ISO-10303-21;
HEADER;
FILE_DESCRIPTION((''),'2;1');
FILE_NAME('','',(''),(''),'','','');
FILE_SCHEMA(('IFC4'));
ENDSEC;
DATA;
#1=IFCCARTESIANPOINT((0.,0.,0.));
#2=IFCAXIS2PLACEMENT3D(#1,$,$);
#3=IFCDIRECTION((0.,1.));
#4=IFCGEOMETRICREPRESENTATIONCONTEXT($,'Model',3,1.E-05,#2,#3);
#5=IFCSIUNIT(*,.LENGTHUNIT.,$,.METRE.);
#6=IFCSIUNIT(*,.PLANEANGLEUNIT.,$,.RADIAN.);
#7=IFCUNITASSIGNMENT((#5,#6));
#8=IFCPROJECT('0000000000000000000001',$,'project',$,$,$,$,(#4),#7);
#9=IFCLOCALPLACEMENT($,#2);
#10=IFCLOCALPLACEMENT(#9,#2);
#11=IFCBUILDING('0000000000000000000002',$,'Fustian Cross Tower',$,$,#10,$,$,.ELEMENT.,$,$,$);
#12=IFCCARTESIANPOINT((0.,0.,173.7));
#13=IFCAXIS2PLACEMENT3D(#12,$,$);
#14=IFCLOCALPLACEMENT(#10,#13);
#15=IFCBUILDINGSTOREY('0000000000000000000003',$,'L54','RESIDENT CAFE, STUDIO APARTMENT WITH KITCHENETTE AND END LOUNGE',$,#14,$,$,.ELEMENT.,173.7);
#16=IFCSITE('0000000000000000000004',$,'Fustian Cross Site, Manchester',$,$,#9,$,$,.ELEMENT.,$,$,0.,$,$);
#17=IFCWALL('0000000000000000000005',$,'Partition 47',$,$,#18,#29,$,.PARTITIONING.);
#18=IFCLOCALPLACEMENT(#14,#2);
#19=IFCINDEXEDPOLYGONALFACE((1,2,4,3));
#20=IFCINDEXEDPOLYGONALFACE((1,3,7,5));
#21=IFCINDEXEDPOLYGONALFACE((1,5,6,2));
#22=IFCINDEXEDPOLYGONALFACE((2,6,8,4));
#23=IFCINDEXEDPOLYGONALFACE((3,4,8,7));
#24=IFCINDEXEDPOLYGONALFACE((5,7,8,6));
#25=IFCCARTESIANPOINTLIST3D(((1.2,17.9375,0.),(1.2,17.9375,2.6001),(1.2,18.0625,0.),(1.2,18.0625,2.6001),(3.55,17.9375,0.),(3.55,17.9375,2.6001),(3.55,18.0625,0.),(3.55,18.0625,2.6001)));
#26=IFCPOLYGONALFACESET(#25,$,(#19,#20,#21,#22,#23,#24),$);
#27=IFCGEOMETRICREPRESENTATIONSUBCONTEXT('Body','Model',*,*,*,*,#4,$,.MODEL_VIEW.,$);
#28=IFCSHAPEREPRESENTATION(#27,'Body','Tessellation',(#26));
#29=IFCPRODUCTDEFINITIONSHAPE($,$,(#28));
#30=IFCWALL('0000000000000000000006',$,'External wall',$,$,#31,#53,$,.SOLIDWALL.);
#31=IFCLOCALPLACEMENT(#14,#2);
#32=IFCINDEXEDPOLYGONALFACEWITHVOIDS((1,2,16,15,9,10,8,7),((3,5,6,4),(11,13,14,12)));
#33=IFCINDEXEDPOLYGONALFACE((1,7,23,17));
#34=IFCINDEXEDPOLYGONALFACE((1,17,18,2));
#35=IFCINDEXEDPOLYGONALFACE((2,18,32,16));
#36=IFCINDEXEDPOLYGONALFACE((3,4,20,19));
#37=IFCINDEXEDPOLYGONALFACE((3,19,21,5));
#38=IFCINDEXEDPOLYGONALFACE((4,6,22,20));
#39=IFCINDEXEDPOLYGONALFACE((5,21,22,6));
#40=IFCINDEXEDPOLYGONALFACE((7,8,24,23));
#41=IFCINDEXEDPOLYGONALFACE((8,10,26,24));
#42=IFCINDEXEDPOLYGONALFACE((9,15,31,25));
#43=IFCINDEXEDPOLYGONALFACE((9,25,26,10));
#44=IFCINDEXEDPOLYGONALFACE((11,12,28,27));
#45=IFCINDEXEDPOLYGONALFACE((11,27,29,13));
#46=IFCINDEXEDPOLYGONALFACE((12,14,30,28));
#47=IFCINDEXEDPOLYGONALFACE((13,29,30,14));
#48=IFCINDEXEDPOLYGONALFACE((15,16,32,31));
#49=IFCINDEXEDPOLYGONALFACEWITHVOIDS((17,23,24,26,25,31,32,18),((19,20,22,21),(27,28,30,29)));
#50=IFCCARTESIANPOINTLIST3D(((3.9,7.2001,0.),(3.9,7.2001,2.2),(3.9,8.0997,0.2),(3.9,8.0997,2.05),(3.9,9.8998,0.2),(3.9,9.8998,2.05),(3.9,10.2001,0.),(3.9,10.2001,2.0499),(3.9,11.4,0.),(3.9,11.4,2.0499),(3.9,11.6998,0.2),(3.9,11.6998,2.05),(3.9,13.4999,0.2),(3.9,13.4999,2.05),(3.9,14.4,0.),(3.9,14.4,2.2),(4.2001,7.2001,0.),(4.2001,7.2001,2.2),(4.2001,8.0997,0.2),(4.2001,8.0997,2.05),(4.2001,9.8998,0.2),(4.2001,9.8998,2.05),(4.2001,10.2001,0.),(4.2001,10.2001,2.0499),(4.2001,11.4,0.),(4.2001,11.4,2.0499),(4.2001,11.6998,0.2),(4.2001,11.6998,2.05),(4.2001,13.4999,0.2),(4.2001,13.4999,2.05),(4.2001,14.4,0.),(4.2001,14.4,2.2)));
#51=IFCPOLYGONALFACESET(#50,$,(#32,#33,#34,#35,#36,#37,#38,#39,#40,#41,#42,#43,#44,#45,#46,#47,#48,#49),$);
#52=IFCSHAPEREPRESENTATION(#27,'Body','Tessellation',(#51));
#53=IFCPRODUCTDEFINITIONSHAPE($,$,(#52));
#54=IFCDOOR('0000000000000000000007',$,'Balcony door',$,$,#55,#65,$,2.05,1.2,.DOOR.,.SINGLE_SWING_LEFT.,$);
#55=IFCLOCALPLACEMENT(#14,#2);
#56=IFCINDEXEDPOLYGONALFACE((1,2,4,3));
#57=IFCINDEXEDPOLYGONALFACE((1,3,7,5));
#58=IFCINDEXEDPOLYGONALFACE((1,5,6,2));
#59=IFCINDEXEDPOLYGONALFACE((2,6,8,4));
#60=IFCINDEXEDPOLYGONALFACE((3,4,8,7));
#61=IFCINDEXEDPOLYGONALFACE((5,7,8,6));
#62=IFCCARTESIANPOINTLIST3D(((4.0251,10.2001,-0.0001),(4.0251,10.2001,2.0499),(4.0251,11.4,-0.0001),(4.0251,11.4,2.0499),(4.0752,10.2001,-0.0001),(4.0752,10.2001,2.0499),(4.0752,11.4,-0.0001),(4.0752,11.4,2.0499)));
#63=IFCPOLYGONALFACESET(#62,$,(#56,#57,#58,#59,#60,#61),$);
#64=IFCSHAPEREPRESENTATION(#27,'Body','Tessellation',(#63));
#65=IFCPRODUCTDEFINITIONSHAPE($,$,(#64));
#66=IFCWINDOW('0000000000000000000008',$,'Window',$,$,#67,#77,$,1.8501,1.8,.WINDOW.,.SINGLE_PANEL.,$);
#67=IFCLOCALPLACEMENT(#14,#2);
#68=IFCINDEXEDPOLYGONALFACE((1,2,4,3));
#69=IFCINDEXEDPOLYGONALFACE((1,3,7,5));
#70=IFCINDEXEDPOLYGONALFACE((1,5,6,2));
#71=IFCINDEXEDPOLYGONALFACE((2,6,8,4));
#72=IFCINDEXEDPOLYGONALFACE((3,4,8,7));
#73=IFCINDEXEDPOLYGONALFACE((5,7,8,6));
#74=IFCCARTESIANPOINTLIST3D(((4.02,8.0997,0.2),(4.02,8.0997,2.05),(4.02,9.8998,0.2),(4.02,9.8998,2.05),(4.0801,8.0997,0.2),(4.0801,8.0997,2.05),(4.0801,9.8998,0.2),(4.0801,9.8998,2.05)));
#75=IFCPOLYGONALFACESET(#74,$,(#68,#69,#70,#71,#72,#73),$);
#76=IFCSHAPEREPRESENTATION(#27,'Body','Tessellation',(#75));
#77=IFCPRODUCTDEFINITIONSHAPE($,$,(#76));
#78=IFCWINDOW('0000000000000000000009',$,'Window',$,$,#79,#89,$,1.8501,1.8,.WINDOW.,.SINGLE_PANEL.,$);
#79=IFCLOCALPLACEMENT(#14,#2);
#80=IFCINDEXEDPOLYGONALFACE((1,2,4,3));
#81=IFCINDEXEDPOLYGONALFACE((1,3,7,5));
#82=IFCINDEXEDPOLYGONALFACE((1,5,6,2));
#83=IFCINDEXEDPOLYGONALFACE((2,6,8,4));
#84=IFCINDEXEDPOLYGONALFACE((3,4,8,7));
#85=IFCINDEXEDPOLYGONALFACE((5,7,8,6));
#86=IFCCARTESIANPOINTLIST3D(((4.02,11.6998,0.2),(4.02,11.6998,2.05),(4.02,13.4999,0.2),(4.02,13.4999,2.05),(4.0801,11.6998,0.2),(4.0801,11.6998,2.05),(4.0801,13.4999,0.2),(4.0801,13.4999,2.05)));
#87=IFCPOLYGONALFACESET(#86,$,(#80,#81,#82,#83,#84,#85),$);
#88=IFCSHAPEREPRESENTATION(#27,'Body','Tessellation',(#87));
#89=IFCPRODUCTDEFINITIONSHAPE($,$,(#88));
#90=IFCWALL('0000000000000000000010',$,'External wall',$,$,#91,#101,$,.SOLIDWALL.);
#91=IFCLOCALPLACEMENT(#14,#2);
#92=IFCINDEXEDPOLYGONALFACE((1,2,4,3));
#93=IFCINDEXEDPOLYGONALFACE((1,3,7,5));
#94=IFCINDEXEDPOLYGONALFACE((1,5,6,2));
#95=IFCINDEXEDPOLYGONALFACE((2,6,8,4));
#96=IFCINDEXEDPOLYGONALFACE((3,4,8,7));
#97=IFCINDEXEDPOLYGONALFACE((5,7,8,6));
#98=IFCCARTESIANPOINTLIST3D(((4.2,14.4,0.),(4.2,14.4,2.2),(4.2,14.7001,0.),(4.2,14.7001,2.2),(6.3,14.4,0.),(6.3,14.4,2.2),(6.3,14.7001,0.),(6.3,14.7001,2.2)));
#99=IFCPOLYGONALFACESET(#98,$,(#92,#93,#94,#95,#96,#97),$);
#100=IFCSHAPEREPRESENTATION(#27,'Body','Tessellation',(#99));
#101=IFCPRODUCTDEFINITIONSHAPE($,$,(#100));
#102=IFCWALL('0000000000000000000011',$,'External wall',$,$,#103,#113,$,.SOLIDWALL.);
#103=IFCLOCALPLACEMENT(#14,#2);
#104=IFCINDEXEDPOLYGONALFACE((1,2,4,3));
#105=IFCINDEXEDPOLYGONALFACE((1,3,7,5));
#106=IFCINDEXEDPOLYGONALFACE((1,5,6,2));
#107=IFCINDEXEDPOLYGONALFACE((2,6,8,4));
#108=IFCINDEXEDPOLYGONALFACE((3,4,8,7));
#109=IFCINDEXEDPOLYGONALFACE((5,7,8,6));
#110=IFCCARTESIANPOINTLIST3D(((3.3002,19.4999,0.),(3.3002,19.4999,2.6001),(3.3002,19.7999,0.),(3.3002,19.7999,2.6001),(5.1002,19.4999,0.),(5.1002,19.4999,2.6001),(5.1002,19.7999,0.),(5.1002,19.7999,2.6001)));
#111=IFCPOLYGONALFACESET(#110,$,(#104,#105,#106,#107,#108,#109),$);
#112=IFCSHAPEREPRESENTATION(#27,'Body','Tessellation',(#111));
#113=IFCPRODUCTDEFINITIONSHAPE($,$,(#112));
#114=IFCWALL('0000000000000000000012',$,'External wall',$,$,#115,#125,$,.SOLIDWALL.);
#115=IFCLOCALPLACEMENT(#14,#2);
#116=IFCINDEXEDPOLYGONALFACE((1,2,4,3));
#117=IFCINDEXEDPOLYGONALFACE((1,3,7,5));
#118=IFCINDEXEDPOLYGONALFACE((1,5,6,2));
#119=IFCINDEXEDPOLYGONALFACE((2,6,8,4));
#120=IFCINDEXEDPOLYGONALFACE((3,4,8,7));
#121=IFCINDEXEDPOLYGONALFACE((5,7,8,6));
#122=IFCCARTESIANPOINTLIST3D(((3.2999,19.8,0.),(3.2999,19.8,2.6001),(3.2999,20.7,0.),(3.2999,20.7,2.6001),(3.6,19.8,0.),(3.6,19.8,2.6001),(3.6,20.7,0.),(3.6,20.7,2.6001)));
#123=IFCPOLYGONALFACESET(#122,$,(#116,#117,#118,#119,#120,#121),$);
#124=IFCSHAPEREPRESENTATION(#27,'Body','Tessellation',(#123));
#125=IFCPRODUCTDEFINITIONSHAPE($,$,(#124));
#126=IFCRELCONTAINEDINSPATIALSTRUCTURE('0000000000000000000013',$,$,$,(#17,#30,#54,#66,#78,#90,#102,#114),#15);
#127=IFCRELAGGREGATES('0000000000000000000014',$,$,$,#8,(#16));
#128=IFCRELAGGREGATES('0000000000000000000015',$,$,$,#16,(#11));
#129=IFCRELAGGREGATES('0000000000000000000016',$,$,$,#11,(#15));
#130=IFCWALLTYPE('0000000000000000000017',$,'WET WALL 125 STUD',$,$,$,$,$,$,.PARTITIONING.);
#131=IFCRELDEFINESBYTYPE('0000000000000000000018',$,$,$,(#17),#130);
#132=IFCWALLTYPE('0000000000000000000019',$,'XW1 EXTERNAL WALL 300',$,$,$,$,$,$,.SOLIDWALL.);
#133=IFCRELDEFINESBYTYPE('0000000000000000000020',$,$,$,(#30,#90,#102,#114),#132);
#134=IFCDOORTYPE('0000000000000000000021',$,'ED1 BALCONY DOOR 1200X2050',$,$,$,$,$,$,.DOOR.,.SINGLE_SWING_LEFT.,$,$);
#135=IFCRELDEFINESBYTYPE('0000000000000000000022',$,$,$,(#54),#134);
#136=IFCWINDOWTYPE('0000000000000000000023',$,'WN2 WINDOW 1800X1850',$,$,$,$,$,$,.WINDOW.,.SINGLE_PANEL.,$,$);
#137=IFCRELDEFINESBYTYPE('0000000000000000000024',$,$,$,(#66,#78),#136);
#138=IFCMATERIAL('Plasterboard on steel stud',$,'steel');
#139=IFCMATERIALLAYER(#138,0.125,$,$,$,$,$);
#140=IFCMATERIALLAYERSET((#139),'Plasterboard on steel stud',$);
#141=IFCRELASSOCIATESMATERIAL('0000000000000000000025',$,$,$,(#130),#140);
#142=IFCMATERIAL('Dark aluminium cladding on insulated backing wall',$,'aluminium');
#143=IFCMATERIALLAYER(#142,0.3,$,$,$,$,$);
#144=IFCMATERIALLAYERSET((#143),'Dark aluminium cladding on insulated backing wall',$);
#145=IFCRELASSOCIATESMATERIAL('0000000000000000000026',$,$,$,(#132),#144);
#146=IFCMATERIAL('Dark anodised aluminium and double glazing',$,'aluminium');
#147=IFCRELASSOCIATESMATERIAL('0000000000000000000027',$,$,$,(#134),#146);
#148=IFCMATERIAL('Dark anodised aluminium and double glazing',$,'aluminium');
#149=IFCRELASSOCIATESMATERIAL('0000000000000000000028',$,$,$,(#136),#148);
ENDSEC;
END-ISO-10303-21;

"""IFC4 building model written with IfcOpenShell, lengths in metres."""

from ifc_helpers import new_model, si_unit, direction, frame, frame_2d, origin, place, context, subcontext, project, spatial, rectangle, extrude, material, layer, layer_set, type_object, element, fill, save


model = new_model("IFC4")

# Units and contexts
model_context = context("Model", 3, precision=1e-05, world=origin(), true_north=direction((0.0, 1.0)))
body_context = subcontext(model_context, "Body", "Model", "MODEL_VIEW")
ifc_project = project(units=[si_unit("LENGTHUNIT", "METRE"), si_unit("PLANEANGLEUNIT", "RADIAN")], contexts=[model_context])

# Site, building, storey
site_placement = place(None, origin())
site = spatial("IfcSite", under=ifc_project, at=site_placement, Name="Fustian Cross Site, Manchester", CompositionType="ELEMENT", RefElevation=0.0)
building_placement = place(site_placement, origin())
building = spatial("IfcBuilding", under=site, at=building_placement, Name="Fustian Cross Tower", CompositionType="ELEMENT")
storey_placement = place(building_placement, frame((0.0, 0.0, 173.7)))
storey = spatial("IfcBuildingStorey", under=building, at=storey_placement, Name="L54", Description="RESIDENT CAFE, STUDIO APARTMENT WITH KITCHENETTE AND END LOUNGE", CompositionType="ELEMENT", Elevation=173.7)

# Wall
ifc_material_1 = material(Name="Plasterboard on steel stud", Category="steel")
ifc_layer_1 = layer(ifc_material_1, 0.125)
ifc_layer_set_1 = layer_set([ifc_layer_1], Name="Plasterboard on steel stud")
wall_type_1 = type_object("IfcWallType", Name="WET WALL 125 STUD", PredefinedType="PARTITIONING", material=ifc_layer_set_1)
wall_1_placement = place(storey_placement, frame((1.2, 18.0, 0.0), z_axis=(0.0, 0.0, 1.0), x_axis=(1.0, 0.0, 0.0)))
element("IfcWall", 1, at=wall_1_placement, inside=storey, type_object=wall_type_1, Name="Partition 47", PredefinedType="PARTITIONING", context=body_context, shape_type="SweptSolid", body=[
    extrude(rectangle(XDim=2.3501, YDim=0.125, at=frame_2d((1.175, 0.0))), origin(), (0.0, 0.0, 1.0), 2.6001),
])

# Wall, openings, door, windows
ifc_material_2 = material(Name="Dark aluminium cladding on insulated backing wall", Category="aluminium")
ifc_layer_2 = layer(ifc_material_2, 0.3)
ifc_layer_set_2 = layer_set([ifc_layer_2], Name="Dark aluminium cladding on insulated backing wall")
wall_type_2 = type_object("IfcWallType", Name="XW1 EXTERNAL WALL 300", PredefinedType="SOLIDWALL", material=ifc_layer_set_2)
wall_2_placement = place(storey_placement, frame((4.05, 7.2, 0.0), z_axis=(0.0, 0.0, 1.0), x_axis=(0.0, 1.0, 0.0)))
wall_2 = element("IfcWall", 2, at=wall_2_placement, inside=storey, type_object=wall_type_2, Name="External wall", PredefinedType="SOLIDWALL", context=body_context, shape_type="SweptSolid", body=[
    extrude(rectangle(XDim=7.2, YDim=0.3, at=frame_2d((3.6001, 0.0))), origin(), (0.0, 0.0, 1.0), 2.2),
])
opening_1_placement = place(wall_2_placement, frame((3.0, 0.0, 0.0)))
opening_1 = element("IfcOpeningElement", 3, at=opening_1_placement, cuts=wall_2, PredefinedType="OPENING", context=body_context, shape_type="SweptSolid", body=[
    extrude(rectangle(XDim=1.2, YDim=2.05, at=frame_2d((0.6001, 1.0249))), frame((0.0, 0.1599, 0.0), z_axis=(0.0, -1.0, 0.0), x_axis=(1.0, 0.0, 0.0)), (0.0, 0.0, 1.0), 0.3201),
])
opening_2_placement = place(wall_2_placement, frame((0.8999, 0.0, 0.2)))
opening_2 = element("IfcOpeningElement", 4, at=opening_2_placement, cuts=wall_2, PredefinedType="OPENING", context=body_context, shape_type="SweptSolid", body=[
    extrude(rectangle(XDim=1.8, YDim=1.8501, at=frame_2d((0.8999, 0.925))), frame((0.0, 0.1599, 0.0), z_axis=(0.0, -1.0, 0.0), x_axis=(1.0, 0.0, 0.0)), (0.0, 0.0, 1.0), 0.3201),
])
opening_3_placement = place(wall_2_placement, frame((4.5, 0.0, 0.2)))
opening_3 = element("IfcOpeningElement", 5, at=opening_3_placement, cuts=wall_2, PredefinedType="OPENING", context=body_context, shape_type="SweptSolid", body=[
    extrude(rectangle(XDim=1.8, YDim=1.8501, at=frame_2d((0.8999, 0.925))), frame((0.0, 0.1599, 0.0), z_axis=(0.0, -1.0, 0.0), x_axis=(1.0, 0.0, 0.0)), (0.0, 0.0, 1.0), 0.3201),
])
ifc_material_3 = material(Name="Dark anodised aluminium and double glazing", Category="aluminium")
door_type_1 = type_object("IfcDoorType", Name="ED1 BALCONY DOOR 1200X2050", OperationType="SINGLE_SWING_LEFT", PredefinedType="DOOR", material=ifc_material_3)
door_1_placement = place(opening_1_placement, origin())
door_1 = element("IfcDoor", 6, at=door_1_placement, inside=storey, type_object=door_type_1, Name="Balcony door", OperationType="SINGLE_SWING_LEFT", OverallHeight=2.05, OverallWidth=1.2, PredefinedType="DOOR", context=body_context, shape_type="SweptSolid", body=[
    extrude(rectangle(XDim=1.2, YDim=2.05, at=frame_2d((0.6001, 1.0249))), frame((0.0, 0.0249, 0.0), z_axis=(0.0, -1.0, 0.0), x_axis=(1.0, 0.0, 0.0)), (0.0, 0.0, 1.0), 0.05),
])
fill(opening_1, door_1)
ifc_material_4 = material(Name="Dark anodised aluminium and double glazing", Category="aluminium")
window_type_1 = type_object("IfcWindowType", Name="WN2 WINDOW 1800X1850", PartitioningType="SINGLE_PANEL", PredefinedType="WINDOW", material=ifc_material_4)
window_1_placement = place(opening_2_placement, origin())
window_1 = element("IfcWindow", 7, at=window_1_placement, inside=storey, type_object=window_type_1, Name="Window", OverallHeight=1.8501, OverallWidth=1.8, PartitioningType="SINGLE_PANEL", PredefinedType="WINDOW", context=body_context, shape_type="SweptSolid", body=[
    extrude(rectangle(XDim=1.8, YDim=1.8501, at=frame_2d((0.8999, 0.925))), frame((0.0, 0.03, 0.0), z_axis=(0.0, -1.0, 0.0), x_axis=(1.0, 0.0, 0.0)), (0.0, 0.0, 1.0), 0.0601),
])
fill(opening_2, window_1)
window_2_placement = place(opening_3_placement, origin())
window_2 = element("IfcWindow", 8, at=window_2_placement, inside=storey, type_object=window_type_1, Name="Window", OverallHeight=1.8501, OverallWidth=1.8, PartitioningType="SINGLE_PANEL", PredefinedType="WINDOW", context=body_context, shape_type="SweptSolid", body=[
    extrude(rectangle(XDim=1.8, YDim=1.8501, at=frame_2d((0.8999, 0.925))), frame((0.0, 0.03, 0.0), z_axis=(0.0, -1.0, 0.0), x_axis=(1.0, 0.0, 0.0)), (0.0, 0.0, 1.0), 0.0601),
])
fill(opening_3, window_2)

# Walls
wall_3_placement = place(storey_placement, frame((4.2, 14.55, 0.0), z_axis=(0.0, 0.0, 1.0), x_axis=(1.0, 0.0, 0.0)))
element("IfcWall", 9, at=wall_3_placement, inside=storey, type_object=wall_type_2, Name="External wall", PredefinedType="SOLIDWALL", context=body_context, shape_type="SweptSolid", body=[
    extrude(rectangle(XDim=2.1001, YDim=0.3, at=frame_2d((1.05, 0.0))), origin(), (0.0, 0.0, 1.0), 2.2),
])
wall_4_placement = place(storey_placement, frame((5.1001, 19.6499, 0.0), z_axis=(0.0, 0.0, 1.0), x_axis=(-1.0, 0.0, 0.0)))
element("IfcWall", 10, at=wall_4_placement, inside=storey, type_object=wall_type_2, Name="External wall", PredefinedType="SOLIDWALL", context=body_context, shape_type="SweptSolid", body=[
    extrude(rectangle(XDim=1.8, YDim=0.3, at=frame_2d((0.8999, 0.0))), origin(), (0.0, 0.0, 1.0), 2.6001),
])
wall_5_placement = place(storey_placement, frame((3.45, 19.8, 0.0), z_axis=(0.0, 0.0, 1.0), x_axis=(0.0, 1.0, 0.0)))
element("IfcWall", 11, at=wall_5_placement, inside=storey, type_object=wall_type_2, Name="External wall", PredefinedType="SOLIDWALL", context=body_context, shape_type="SweptSolid", body=[
    extrude(rectangle(XDim=0.8999, YDim=0.3, at=frame_2d((0.45, 0.0))), origin(), (0.0, 0.0, 1.0), 2.6001),
])

save(model, "model.ifc")
